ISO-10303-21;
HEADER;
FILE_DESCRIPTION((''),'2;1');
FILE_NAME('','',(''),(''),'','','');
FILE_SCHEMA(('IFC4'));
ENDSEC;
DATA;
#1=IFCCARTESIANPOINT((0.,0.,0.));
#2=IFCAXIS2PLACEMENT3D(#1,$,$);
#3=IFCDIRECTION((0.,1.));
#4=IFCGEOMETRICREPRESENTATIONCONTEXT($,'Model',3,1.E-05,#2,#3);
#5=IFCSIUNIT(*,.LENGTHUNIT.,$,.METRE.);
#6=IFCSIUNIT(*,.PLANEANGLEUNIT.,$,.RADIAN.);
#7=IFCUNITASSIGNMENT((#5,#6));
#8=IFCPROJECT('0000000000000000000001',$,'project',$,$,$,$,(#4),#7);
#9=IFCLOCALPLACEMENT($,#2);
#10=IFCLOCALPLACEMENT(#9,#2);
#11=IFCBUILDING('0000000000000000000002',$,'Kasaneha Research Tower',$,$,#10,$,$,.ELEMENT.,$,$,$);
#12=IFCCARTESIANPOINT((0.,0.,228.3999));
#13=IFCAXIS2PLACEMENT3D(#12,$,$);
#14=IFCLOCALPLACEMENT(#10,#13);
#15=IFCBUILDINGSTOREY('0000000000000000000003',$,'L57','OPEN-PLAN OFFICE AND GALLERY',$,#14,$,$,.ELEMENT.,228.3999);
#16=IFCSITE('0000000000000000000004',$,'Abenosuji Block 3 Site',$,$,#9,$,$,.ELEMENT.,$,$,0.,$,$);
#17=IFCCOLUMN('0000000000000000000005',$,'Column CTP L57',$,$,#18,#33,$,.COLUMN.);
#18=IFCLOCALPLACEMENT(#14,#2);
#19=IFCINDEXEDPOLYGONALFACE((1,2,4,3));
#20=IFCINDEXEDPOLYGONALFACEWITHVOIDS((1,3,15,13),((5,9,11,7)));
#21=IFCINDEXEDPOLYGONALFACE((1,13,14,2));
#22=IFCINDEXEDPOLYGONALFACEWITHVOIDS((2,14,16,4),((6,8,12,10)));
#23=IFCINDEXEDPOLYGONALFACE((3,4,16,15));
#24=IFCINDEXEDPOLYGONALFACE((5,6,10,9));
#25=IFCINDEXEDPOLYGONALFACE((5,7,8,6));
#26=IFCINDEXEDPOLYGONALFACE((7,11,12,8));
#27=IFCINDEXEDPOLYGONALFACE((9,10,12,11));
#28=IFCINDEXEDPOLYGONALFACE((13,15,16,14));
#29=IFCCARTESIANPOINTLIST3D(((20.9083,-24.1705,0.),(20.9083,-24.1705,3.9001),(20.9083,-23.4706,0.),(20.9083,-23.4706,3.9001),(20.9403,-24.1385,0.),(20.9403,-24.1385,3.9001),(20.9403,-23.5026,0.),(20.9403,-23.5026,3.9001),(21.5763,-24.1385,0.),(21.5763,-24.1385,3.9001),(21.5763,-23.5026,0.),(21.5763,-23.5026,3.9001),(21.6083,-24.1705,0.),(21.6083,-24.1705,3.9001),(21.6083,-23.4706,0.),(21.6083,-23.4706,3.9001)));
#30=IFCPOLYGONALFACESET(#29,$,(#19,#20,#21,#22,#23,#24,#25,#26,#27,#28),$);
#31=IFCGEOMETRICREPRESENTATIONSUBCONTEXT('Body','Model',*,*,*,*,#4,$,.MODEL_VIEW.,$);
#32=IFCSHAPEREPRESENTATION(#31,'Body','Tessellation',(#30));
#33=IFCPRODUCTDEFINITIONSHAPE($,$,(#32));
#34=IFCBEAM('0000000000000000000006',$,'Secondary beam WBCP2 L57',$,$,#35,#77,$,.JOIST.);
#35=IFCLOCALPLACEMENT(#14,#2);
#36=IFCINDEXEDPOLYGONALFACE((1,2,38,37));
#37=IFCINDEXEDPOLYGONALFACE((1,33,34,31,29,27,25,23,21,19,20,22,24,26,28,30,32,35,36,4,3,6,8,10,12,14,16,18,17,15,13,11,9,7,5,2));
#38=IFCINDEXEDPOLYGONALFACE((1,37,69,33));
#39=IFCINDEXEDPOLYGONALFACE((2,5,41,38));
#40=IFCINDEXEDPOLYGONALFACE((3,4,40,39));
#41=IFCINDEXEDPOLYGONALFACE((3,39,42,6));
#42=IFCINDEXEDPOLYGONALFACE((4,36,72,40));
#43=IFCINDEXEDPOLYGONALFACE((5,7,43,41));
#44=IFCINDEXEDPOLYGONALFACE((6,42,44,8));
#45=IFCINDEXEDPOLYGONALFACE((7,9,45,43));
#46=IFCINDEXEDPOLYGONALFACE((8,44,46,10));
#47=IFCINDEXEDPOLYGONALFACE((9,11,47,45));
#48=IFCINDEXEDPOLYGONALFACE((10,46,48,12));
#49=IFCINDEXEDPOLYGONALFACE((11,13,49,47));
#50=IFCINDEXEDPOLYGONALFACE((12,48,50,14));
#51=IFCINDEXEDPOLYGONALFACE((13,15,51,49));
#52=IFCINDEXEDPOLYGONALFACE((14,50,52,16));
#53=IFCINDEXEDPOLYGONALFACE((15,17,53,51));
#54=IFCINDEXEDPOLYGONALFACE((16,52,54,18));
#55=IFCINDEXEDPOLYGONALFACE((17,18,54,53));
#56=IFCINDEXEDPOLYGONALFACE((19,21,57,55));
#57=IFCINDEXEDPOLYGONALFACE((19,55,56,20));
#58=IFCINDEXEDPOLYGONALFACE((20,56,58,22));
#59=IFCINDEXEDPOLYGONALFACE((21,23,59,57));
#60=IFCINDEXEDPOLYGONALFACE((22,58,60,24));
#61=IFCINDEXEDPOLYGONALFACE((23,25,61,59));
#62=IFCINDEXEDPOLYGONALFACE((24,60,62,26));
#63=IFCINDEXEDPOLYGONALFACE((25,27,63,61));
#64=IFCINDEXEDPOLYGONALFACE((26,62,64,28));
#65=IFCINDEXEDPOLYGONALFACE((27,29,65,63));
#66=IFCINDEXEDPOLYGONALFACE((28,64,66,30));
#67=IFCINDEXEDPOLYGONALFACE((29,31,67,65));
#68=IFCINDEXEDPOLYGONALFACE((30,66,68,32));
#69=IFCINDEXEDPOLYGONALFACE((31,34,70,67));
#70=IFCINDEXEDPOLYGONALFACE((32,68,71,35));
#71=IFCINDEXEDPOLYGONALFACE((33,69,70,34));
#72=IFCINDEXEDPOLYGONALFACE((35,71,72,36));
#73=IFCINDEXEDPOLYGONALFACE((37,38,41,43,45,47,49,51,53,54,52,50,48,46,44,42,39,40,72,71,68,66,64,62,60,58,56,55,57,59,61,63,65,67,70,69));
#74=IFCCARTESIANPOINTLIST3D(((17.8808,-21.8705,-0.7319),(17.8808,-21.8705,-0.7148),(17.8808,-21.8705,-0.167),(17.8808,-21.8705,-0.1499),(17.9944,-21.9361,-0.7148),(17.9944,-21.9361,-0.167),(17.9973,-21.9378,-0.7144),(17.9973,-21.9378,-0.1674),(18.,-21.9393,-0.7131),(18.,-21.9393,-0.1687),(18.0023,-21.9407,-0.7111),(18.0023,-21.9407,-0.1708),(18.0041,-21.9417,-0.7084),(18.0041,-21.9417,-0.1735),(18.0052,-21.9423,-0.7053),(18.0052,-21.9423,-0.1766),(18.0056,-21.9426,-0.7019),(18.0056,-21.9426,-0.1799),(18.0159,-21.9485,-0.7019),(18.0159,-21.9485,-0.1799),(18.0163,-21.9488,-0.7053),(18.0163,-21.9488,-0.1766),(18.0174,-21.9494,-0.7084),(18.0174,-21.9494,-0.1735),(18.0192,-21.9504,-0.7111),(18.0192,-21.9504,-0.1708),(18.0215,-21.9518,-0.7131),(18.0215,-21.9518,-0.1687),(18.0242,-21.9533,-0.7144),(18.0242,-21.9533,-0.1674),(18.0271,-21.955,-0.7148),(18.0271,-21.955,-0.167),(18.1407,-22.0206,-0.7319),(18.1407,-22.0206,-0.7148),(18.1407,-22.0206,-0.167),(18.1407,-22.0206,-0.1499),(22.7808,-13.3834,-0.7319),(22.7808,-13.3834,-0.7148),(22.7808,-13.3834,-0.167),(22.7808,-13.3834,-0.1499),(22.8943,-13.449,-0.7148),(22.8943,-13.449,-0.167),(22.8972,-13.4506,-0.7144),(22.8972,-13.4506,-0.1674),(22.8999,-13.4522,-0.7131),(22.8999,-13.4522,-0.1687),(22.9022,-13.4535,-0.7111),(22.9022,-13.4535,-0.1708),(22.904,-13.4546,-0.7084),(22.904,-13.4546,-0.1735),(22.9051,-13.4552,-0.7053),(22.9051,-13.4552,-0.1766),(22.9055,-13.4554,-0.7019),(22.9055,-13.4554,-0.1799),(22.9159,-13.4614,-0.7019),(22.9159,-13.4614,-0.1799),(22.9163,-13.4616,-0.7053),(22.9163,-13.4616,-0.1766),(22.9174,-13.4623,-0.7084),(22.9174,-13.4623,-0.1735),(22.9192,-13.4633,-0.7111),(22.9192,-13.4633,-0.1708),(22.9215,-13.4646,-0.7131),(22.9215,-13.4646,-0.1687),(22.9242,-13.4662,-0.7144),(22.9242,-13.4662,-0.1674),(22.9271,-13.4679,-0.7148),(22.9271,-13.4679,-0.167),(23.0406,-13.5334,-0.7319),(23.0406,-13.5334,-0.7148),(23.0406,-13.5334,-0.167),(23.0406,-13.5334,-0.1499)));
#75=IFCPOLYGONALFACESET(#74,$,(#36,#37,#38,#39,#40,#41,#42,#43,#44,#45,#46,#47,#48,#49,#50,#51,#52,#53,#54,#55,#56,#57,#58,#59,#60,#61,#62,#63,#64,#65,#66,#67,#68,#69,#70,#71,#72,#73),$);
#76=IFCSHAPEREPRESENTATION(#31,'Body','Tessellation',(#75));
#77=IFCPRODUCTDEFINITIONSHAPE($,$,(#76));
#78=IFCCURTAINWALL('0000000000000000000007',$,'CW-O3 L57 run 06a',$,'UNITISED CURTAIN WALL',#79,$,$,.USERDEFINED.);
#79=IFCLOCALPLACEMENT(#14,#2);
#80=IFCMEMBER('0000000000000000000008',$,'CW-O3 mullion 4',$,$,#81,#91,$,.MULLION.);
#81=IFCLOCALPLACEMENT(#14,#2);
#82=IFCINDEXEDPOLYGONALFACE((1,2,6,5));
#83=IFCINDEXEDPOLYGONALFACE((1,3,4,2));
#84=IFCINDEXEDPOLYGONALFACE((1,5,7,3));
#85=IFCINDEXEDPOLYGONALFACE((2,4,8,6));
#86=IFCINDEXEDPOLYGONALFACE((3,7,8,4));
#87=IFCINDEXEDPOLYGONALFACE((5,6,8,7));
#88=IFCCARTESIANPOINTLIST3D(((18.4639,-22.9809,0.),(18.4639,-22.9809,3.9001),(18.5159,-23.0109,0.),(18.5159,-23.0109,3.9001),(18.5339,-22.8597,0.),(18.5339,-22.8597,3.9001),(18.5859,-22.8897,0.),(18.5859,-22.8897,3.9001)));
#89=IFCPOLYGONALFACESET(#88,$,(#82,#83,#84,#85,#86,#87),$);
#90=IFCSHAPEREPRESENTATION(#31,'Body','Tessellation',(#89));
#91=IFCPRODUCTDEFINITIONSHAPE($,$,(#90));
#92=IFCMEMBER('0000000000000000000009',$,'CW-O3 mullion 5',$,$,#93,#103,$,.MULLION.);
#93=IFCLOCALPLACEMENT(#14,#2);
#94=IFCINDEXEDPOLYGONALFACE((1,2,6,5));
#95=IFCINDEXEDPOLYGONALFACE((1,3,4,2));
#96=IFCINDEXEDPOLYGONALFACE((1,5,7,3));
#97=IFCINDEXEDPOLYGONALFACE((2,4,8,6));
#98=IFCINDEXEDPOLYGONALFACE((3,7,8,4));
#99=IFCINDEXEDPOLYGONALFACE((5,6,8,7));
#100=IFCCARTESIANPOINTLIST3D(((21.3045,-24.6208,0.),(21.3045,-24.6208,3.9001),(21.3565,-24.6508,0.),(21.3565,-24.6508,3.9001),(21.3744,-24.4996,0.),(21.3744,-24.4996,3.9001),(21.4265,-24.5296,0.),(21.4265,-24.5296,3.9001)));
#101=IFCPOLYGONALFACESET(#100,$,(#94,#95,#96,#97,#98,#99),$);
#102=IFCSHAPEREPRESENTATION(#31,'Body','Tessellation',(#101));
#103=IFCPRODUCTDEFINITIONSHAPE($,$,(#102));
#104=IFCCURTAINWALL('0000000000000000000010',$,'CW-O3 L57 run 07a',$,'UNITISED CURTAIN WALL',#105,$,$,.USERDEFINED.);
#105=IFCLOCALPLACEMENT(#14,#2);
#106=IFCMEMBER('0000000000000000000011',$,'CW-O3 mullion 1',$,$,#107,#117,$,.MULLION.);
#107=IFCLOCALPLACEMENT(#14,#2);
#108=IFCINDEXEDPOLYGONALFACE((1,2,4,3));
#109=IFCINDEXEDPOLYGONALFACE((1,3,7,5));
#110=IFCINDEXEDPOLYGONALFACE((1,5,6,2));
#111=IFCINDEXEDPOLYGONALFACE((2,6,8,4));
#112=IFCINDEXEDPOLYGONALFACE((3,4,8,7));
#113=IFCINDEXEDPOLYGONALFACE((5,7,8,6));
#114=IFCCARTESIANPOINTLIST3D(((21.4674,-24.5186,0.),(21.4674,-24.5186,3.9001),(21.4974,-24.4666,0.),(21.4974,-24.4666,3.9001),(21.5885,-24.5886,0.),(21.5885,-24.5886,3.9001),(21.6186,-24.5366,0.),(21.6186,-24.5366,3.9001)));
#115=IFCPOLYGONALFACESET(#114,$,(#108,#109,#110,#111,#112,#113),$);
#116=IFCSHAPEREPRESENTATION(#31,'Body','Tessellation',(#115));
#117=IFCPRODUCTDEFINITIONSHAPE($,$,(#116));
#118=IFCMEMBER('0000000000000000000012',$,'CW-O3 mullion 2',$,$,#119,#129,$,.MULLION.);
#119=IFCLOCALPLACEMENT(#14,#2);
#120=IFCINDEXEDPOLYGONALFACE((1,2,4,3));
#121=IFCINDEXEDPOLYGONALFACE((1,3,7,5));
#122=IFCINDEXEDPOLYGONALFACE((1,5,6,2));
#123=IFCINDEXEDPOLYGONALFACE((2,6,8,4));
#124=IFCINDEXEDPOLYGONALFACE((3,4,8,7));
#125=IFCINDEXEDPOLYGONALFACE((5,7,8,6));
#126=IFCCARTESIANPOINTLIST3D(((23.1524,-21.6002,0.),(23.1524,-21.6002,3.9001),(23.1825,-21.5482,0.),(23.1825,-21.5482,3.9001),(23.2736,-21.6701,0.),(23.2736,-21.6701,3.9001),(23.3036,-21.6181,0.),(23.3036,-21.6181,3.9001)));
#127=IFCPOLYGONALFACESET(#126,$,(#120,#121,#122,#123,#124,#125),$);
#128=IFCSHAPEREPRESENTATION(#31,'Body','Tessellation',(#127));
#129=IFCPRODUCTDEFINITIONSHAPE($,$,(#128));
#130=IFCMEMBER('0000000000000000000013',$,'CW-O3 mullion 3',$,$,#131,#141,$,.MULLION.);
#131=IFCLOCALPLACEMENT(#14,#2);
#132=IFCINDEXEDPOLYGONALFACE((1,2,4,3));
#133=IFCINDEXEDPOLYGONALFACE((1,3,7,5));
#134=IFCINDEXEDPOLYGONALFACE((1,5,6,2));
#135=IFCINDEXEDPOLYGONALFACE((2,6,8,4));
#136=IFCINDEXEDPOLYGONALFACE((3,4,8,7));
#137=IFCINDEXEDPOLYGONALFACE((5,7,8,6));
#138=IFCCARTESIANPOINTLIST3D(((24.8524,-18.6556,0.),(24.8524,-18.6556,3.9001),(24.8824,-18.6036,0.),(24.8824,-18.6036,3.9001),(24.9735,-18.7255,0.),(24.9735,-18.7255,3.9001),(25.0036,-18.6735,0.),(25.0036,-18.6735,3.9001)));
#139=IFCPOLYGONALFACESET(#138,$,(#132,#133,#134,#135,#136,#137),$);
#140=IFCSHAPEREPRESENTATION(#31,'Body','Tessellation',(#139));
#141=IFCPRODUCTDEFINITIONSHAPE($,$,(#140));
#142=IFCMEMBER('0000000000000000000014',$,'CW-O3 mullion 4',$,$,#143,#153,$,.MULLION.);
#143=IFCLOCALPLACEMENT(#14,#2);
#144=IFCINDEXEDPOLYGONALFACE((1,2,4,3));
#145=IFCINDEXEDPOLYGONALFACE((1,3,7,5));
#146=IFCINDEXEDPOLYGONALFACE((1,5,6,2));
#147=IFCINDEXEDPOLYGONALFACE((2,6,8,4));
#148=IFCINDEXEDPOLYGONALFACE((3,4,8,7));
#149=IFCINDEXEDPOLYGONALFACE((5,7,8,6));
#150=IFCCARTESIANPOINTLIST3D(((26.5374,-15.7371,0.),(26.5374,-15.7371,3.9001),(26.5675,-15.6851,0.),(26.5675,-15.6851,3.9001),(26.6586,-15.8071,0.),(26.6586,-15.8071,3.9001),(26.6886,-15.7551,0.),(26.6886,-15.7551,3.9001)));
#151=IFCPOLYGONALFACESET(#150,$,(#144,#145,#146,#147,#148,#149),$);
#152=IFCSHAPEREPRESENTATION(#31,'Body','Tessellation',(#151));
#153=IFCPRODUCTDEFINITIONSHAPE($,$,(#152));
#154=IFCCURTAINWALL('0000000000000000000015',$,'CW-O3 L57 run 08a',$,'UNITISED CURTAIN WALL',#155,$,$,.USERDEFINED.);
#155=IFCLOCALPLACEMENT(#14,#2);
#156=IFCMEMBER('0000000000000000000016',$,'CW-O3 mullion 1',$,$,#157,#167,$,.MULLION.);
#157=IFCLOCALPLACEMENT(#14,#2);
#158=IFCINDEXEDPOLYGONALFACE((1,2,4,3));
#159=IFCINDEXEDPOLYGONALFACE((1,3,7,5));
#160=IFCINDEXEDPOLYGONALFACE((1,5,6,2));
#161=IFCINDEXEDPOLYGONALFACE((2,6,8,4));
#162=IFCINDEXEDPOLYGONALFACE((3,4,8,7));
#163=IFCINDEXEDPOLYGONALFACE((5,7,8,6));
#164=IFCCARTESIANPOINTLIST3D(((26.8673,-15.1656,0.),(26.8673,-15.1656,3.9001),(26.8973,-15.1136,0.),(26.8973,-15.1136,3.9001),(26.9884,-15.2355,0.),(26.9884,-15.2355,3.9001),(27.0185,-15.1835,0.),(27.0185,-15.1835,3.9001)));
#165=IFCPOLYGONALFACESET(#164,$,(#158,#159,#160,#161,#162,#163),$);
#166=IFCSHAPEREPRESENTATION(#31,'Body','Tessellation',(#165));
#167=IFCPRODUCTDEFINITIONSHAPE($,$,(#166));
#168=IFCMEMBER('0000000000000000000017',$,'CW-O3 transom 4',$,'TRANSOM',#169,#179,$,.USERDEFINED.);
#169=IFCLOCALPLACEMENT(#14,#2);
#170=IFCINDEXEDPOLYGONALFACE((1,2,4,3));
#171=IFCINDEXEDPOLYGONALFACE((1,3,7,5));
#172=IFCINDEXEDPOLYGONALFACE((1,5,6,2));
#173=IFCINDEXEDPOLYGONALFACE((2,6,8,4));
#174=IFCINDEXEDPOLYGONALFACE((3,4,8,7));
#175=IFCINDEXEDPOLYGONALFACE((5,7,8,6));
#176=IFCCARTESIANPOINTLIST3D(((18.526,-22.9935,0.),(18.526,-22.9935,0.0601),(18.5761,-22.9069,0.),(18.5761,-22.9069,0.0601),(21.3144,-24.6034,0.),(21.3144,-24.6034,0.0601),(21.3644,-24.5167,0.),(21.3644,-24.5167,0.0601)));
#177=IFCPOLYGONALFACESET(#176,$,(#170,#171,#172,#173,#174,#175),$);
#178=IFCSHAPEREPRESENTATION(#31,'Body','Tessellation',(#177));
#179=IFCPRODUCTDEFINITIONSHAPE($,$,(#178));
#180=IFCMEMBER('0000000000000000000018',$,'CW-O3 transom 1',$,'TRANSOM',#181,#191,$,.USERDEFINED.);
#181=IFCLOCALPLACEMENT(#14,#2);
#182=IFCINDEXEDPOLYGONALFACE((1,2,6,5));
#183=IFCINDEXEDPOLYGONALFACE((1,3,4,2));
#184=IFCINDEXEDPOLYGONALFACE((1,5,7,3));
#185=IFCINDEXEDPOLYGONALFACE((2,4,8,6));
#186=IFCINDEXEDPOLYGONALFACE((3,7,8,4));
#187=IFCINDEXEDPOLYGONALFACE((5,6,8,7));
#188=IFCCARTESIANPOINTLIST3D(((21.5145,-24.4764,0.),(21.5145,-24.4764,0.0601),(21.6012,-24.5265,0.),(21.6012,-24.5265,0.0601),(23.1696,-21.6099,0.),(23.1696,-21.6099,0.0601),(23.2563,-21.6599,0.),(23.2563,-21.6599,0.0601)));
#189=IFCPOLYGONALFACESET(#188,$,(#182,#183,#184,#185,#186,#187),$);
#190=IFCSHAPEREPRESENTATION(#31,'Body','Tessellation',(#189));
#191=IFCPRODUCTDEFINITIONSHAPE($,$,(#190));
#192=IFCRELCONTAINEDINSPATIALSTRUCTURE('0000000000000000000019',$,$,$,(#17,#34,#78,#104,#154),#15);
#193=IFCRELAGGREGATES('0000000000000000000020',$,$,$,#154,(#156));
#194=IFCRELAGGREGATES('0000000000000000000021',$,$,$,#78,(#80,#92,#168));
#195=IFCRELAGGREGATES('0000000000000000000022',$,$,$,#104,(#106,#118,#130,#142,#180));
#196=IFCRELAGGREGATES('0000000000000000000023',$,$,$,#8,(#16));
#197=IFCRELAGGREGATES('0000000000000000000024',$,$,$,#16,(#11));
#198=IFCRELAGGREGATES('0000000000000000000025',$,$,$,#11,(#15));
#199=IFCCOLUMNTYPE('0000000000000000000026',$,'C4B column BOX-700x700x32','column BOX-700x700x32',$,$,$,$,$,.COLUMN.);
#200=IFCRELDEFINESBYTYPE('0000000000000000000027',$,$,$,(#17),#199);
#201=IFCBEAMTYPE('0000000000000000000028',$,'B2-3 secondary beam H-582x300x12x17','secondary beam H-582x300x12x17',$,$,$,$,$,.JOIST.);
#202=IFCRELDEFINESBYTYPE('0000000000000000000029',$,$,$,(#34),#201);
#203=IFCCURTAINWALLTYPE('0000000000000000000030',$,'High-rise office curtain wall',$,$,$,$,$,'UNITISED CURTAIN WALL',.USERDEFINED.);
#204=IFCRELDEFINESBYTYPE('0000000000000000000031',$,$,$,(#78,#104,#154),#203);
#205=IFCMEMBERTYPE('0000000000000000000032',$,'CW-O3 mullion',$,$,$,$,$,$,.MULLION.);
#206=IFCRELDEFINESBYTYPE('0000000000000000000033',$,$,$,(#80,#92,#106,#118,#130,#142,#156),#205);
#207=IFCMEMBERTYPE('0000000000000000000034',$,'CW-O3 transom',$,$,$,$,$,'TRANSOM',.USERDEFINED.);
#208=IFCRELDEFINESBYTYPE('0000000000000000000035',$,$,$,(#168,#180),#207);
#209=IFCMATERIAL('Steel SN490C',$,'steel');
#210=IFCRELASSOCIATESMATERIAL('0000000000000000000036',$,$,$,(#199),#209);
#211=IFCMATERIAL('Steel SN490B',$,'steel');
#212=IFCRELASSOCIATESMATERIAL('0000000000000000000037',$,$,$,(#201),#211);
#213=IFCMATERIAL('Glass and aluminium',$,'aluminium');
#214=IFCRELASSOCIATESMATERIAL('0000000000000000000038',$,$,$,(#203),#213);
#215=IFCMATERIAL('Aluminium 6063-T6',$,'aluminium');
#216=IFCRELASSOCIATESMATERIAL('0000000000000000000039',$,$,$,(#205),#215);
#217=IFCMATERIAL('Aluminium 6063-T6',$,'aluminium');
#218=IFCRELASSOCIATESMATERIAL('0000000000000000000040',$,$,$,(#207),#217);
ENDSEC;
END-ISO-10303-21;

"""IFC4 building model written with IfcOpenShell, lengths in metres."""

from ifc_helpers import new_model, si_unit, direction, frame, origin, origin_2d, place, context, subcontext, project, spatial, rectangle, hollow_rectangle, i_section, extrude, material, material_profile, profile_set, type_object, element, aggregate, save


model = new_model("IFC4")

# Units and contexts
model_context = context("Model", 3, precision=1e-05, world=origin(), true_north=direction((0.0, 1.0)))
body_context = subcontext(model_context, "Body", "Model", "MODEL_VIEW")
ifc_project = project(units=[si_unit("LENGTHUNIT", "METRE"), si_unit("PLANEANGLEUNIT", "RADIAN")], contexts=[model_context])

# Site, building, storey
site_placement = place(None, origin())
site = spatial("IfcSite", under=ifc_project, at=site_placement, Name="Abenosuji Block 3 Site", CompositionType="ELEMENT", RefElevation=0.0)
building_placement = place(site_placement, origin())
building = spatial("IfcBuilding", under=site, at=building_placement, Name="Kasaneha Research Tower", CompositionType="ELEMENT")
storey_placement = place(building_placement, frame((0.0, 0.0, 228.3999)))
storey = spatial("IfcBuildingStorey", under=building, at=storey_placement, Name="L57", Description="OPEN-PLAN OFFICE AND GALLERY", CompositionType="ELEMENT", Elevation=228.3999)

# Column
ifc_material_1 = material(Name="Steel SN490C", Category="steel")
ifc_material_profile_1 = material_profile(ifc_material_1, hollow_rectangle(XDim=0.7, YDim=0.7, WallThickness=0.032, at=origin_2d()), Name="BOX-700x700x32")
ifc_profile_set_1 = profile_set([ifc_material_profile_1], Name="Steel SN490C")
column_type = type_object("IfcColumnType", Name="C4B column BOX-700x700x32", Description="column BOX-700x700x32", PredefinedType="COLUMN", material=ifc_profile_set_1)
column_placement = place(storey_placement, frame((21.2583, -23.8206, 0.0), z_axis=(0.0, 0.0, 1.0), x_axis=(1.0, 0.0, 0.0)))
element("IfcColumn", 1, at=column_placement, inside=storey, type_object=column_type, Name="Column CTP L57", PredefinedType="COLUMN", context=body_context, shape_type="SweptSolid", body=[
    extrude(hollow_rectangle(XDim=0.7, YDim=0.7, WallThickness=0.032, at=origin_2d()), origin(), (0.0, 0.0, 1.0), 3.9001),
])

# Beam
ifc_material_2 = material(Name="Steel SN490B", Category="steel")
ifc_material_profile_2 = material_profile(ifc_material_2, i_section(OverallWidth=0.3, OverallDepth=0.582, WebThickness=0.012, FlangeThickness=0.0171, FilletRadius=0.0129, at=origin_2d()), Name="H-582x300x12x17")
ifc_profile_set_2 = profile_set([ifc_material_profile_2], Name="Steel SN490B")
beam_type_1 = type_object("IfcBeamType", Name="B2-3 secondary beam H-582x300x12x17", Description="secondary beam H-582x300x12x17", PredefinedType="JOIST", material=ifc_profile_set_2)
beam_1_placement = place(storey_placement, frame((18.0107, -21.9456, -0.4409), z_axis=(0.499992, 0.86603, 0.0), x_axis=(-0.86603, 0.499992, 0.0)))
element("IfcBeam", 2, at=beam_1_placement, inside=storey, type_object=beam_type_1, Name="Secondary beam WBCP2 L57", PredefinedType="JOIST", context=body_context, shape_type="SweptSolid", body=[
    extrude(i_section(OverallWidth=0.3, OverallDepth=0.582, WebThickness=0.012, FlangeThickness=0.0171, FilletRadius=0.0129, at=origin_2d()), origin(), (0.0, 0.0, 1.0), 9.8),
])

# Curtain walls, members
ifc_material_3 = material(Name="Glass and aluminium", Category="aluminium")
curtain_wall_type = type_object("IfcCurtainWallType", Name="High-rise office curtain wall", ElementType="UNITISED CURTAIN WALL", PredefinedType="USERDEFINED", material=ifc_material_3)
curtain_wall_1_placement = place(storey_placement, origin())
curtain_wall_1 = element("IfcCurtainWall", 3, at=curtain_wall_1_placement, inside=storey, type_object=curtain_wall_type, Name="CW-O3 L57 run 06a", ObjectType="UNITISED CURTAIN WALL", PredefinedType="USERDEFINED")
ifc_material_4 = material(Name="Aluminium 6063-T6", Category="aluminium")
ifc_material_profile_3 = material_profile(ifc_material_4, rectangle(XDim=0.0601, YDim=0.1399, at=origin_2d()), Name="CW-O3 mullion 60x140")
ifc_profile_set_3 = profile_set([ifc_material_profile_3], Name="Aluminium 6063-T6")
member_type_1 = type_object("IfcMemberType", Name="CW-O3 mullion", PredefinedType="MULLION", material=ifc_profile_set_3)
member_1_placement = place(storey_placement, frame((18.5249, -22.9353, 0.0), z_axis=(0.0, 0.0, 1.0), x_axis=(0.866025, -0.5, 0.0)))
member_1 = element("IfcMember", 4, at=member_1_placement, type_object=member_type_1, Name="CW-O3 mullion 4", PredefinedType="MULLION", context=body_context, shape_type="SweptSolid", body=[
    extrude(rectangle(XDim=0.0601, YDim=0.1399, at=origin_2d()), origin(), (0.0, 0.0, 1.0), 3.9001),
])
member_2_placement = place(storey_placement, frame((21.3655, -24.5752, 0.0), z_axis=(0.0, 0.0, 1.0), x_axis=(0.866025, -0.5, 0.0)))
member_2 = element("IfcMember", 5, at=member_2_placement, type_object=member_type_1, Name="CW-O3 mullion 5", PredefinedType="MULLION", context=body_context, shape_type="SweptSolid", body=[
    extrude(rectangle(XDim=0.0601, YDim=0.1399, at=origin_2d()), origin(), (0.0, 0.0, 1.0), 3.9001),
])
curtain_wall_2_placement = place(storey_placement, origin())
curtain_wall_2 = element("IfcCurtainWall", 6, at=curtain_wall_2_placement, inside=storey, type_object=curtain_wall_type, Name="CW-O3 L57 run 07a", ObjectType="UNITISED CURTAIN WALL", PredefinedType="USERDEFINED")
member_3_placement = place(storey_placement, frame((21.543, -24.5276, 0.0), z_axis=(0.0, 0.0, 1.0), x_axis=(0.5, 0.866025, 0.0)))
member_3 = element("IfcMember", 7, at=member_3_placement, type_object=member_type_1, Name="CW-O3 mullion 1", PredefinedType="MULLION", context=body_context, shape_type="SweptSolid", body=[
    extrude(rectangle(XDim=0.0601, YDim=0.1399, at=origin_2d()), origin(), (0.0, 0.0, 1.0), 3.9001),
])
member_4_placement = place(storey_placement, frame((23.228, -21.6091, 0.0), z_axis=(0.0, 0.0, 1.0), x_axis=(0.5, 0.866025, 0.0)))
member_4 = element("IfcMember", 8, at=member_4_placement, type_object=member_type_1, Name="CW-O3 mullion 2", PredefinedType="MULLION", context=body_context, shape_type="SweptSolid", body=[
    extrude(rectangle(XDim=0.0601, YDim=0.1399, at=origin_2d()), origin(), (0.0, 0.0, 1.0), 3.9001),
])
member_5_placement = place(storey_placement, frame((24.928, -18.6646, 0.0), z_axis=(0.0, 0.0, 1.0), x_axis=(0.5, 0.866025, 0.0)))
member_5 = element("IfcMember", 9, at=member_5_placement, type_object=member_type_1, Name="CW-O3 mullion 3", PredefinedType="MULLION", context=body_context, shape_type="SweptSolid", body=[
    extrude(rectangle(XDim=0.0601, YDim=0.1399, at=origin_2d()), origin(), (0.0, 0.0, 1.0), 3.9001),
])
member_6_placement = place(storey_placement, frame((26.613, -15.7461, 0.0), z_axis=(0.0, 0.0, 1.0), x_axis=(0.5, 0.866025, 0.0)))
member_6 = element("IfcMember", 10, at=member_6_placement, type_object=member_type_1, Name="CW-O3 mullion 4", PredefinedType="MULLION", context=body_context, shape_type="SweptSolid", body=[
    extrude(rectangle(XDim=0.0601, YDim=0.1399, at=origin_2d()), origin(), (0.0, 0.0, 1.0), 3.9001),
])

# Curtain wall, member
curtain_wall_3_placement = place(storey_placement, origin())
curtain_wall_3 = element("IfcCurtainWall", 11, at=curtain_wall_3_placement, inside=storey, type_object=curtain_wall_type, Name="CW-O3 L57 run 08a", ObjectType="UNITISED CURTAIN WALL", PredefinedType="USERDEFINED")
member_7_placement = place(storey_placement, frame((26.9429, -15.1746, 0.0), z_axis=(0.0, 0.0, 1.0), x_axis=(0.5, 0.866025, 0.0)))
member_7 = element("IfcMember", 12, at=member_7_placement, type_object=member_type_1, Name="CW-O3 mullion 1", PredefinedType="MULLION", context=body_context, shape_type="SweptSolid", body=[
    extrude(rectangle(XDim=0.0601, YDim=0.1399, at=origin_2d()), origin(), (0.0, 0.0, 1.0), 3.9001),
])
aggregate(curtain_wall_3, [member_7])

# Members
ifc_material_5 = material(Name="Aluminium 6063-T6", Category="aluminium")
ifc_material_profile_4 = material_profile(ifc_material_5, rectangle(XDim=0.1001, YDim=0.0601, at=origin_2d()), Name="CW-O3 transom 100x60")
ifc_profile_set_4 = profile_set([ifc_material_profile_4], Name="Aluminium 6063-T6")
member_type_2 = type_object("IfcMemberType", Name="CW-O3 transom", ElementType="TRANSOM", PredefinedType="USERDEFINED", material=ifc_profile_set_4)
member_8_placement = place(storey_placement, frame((18.551, -22.9502, 0.03), z_axis=(0.866023, -0.500005, 0.0), x_axis=(0.500005, 0.866023, 0.0)))
member_8 = element("IfcMember", 13, at=member_8_placement, type_object=member_type_2, Name="CW-O3 transom 4", ObjectType="TRANSOM", PredefinedType="USERDEFINED", context=body_context, shape_type="SweptSolid", body=[
    extrude(rectangle(XDim=0.1001, YDim=0.0601, at=origin_2d()), origin(), (0.0, 0.0, 1.0), 3.2197),
])
member_9_placement = place(storey_placement, frame((21.5579, -24.5015, 0.03), z_axis=(0.500018, 0.866015, 0.0), x_axis=(-0.866015, 0.500018, 0.0)))
member_9 = element("IfcMember", 14, at=member_9_placement, type_object=member_type_2, Name="CW-O3 transom 1", ObjectType="TRANSOM", PredefinedType="USERDEFINED", context=body_context, shape_type="SweptSolid", body=[
    extrude(rectangle(XDim=0.1001, YDim=0.0601, at=origin_2d()), origin(), (0.0, 0.0, 1.0), 3.3101),
])

aggregate(curtain_wall_1, [member_1, member_2, member_8])
aggregate(curtain_wall_2, [member_3, member_4, member_5, member_6, member_9])

save(model, "model.ifc")
